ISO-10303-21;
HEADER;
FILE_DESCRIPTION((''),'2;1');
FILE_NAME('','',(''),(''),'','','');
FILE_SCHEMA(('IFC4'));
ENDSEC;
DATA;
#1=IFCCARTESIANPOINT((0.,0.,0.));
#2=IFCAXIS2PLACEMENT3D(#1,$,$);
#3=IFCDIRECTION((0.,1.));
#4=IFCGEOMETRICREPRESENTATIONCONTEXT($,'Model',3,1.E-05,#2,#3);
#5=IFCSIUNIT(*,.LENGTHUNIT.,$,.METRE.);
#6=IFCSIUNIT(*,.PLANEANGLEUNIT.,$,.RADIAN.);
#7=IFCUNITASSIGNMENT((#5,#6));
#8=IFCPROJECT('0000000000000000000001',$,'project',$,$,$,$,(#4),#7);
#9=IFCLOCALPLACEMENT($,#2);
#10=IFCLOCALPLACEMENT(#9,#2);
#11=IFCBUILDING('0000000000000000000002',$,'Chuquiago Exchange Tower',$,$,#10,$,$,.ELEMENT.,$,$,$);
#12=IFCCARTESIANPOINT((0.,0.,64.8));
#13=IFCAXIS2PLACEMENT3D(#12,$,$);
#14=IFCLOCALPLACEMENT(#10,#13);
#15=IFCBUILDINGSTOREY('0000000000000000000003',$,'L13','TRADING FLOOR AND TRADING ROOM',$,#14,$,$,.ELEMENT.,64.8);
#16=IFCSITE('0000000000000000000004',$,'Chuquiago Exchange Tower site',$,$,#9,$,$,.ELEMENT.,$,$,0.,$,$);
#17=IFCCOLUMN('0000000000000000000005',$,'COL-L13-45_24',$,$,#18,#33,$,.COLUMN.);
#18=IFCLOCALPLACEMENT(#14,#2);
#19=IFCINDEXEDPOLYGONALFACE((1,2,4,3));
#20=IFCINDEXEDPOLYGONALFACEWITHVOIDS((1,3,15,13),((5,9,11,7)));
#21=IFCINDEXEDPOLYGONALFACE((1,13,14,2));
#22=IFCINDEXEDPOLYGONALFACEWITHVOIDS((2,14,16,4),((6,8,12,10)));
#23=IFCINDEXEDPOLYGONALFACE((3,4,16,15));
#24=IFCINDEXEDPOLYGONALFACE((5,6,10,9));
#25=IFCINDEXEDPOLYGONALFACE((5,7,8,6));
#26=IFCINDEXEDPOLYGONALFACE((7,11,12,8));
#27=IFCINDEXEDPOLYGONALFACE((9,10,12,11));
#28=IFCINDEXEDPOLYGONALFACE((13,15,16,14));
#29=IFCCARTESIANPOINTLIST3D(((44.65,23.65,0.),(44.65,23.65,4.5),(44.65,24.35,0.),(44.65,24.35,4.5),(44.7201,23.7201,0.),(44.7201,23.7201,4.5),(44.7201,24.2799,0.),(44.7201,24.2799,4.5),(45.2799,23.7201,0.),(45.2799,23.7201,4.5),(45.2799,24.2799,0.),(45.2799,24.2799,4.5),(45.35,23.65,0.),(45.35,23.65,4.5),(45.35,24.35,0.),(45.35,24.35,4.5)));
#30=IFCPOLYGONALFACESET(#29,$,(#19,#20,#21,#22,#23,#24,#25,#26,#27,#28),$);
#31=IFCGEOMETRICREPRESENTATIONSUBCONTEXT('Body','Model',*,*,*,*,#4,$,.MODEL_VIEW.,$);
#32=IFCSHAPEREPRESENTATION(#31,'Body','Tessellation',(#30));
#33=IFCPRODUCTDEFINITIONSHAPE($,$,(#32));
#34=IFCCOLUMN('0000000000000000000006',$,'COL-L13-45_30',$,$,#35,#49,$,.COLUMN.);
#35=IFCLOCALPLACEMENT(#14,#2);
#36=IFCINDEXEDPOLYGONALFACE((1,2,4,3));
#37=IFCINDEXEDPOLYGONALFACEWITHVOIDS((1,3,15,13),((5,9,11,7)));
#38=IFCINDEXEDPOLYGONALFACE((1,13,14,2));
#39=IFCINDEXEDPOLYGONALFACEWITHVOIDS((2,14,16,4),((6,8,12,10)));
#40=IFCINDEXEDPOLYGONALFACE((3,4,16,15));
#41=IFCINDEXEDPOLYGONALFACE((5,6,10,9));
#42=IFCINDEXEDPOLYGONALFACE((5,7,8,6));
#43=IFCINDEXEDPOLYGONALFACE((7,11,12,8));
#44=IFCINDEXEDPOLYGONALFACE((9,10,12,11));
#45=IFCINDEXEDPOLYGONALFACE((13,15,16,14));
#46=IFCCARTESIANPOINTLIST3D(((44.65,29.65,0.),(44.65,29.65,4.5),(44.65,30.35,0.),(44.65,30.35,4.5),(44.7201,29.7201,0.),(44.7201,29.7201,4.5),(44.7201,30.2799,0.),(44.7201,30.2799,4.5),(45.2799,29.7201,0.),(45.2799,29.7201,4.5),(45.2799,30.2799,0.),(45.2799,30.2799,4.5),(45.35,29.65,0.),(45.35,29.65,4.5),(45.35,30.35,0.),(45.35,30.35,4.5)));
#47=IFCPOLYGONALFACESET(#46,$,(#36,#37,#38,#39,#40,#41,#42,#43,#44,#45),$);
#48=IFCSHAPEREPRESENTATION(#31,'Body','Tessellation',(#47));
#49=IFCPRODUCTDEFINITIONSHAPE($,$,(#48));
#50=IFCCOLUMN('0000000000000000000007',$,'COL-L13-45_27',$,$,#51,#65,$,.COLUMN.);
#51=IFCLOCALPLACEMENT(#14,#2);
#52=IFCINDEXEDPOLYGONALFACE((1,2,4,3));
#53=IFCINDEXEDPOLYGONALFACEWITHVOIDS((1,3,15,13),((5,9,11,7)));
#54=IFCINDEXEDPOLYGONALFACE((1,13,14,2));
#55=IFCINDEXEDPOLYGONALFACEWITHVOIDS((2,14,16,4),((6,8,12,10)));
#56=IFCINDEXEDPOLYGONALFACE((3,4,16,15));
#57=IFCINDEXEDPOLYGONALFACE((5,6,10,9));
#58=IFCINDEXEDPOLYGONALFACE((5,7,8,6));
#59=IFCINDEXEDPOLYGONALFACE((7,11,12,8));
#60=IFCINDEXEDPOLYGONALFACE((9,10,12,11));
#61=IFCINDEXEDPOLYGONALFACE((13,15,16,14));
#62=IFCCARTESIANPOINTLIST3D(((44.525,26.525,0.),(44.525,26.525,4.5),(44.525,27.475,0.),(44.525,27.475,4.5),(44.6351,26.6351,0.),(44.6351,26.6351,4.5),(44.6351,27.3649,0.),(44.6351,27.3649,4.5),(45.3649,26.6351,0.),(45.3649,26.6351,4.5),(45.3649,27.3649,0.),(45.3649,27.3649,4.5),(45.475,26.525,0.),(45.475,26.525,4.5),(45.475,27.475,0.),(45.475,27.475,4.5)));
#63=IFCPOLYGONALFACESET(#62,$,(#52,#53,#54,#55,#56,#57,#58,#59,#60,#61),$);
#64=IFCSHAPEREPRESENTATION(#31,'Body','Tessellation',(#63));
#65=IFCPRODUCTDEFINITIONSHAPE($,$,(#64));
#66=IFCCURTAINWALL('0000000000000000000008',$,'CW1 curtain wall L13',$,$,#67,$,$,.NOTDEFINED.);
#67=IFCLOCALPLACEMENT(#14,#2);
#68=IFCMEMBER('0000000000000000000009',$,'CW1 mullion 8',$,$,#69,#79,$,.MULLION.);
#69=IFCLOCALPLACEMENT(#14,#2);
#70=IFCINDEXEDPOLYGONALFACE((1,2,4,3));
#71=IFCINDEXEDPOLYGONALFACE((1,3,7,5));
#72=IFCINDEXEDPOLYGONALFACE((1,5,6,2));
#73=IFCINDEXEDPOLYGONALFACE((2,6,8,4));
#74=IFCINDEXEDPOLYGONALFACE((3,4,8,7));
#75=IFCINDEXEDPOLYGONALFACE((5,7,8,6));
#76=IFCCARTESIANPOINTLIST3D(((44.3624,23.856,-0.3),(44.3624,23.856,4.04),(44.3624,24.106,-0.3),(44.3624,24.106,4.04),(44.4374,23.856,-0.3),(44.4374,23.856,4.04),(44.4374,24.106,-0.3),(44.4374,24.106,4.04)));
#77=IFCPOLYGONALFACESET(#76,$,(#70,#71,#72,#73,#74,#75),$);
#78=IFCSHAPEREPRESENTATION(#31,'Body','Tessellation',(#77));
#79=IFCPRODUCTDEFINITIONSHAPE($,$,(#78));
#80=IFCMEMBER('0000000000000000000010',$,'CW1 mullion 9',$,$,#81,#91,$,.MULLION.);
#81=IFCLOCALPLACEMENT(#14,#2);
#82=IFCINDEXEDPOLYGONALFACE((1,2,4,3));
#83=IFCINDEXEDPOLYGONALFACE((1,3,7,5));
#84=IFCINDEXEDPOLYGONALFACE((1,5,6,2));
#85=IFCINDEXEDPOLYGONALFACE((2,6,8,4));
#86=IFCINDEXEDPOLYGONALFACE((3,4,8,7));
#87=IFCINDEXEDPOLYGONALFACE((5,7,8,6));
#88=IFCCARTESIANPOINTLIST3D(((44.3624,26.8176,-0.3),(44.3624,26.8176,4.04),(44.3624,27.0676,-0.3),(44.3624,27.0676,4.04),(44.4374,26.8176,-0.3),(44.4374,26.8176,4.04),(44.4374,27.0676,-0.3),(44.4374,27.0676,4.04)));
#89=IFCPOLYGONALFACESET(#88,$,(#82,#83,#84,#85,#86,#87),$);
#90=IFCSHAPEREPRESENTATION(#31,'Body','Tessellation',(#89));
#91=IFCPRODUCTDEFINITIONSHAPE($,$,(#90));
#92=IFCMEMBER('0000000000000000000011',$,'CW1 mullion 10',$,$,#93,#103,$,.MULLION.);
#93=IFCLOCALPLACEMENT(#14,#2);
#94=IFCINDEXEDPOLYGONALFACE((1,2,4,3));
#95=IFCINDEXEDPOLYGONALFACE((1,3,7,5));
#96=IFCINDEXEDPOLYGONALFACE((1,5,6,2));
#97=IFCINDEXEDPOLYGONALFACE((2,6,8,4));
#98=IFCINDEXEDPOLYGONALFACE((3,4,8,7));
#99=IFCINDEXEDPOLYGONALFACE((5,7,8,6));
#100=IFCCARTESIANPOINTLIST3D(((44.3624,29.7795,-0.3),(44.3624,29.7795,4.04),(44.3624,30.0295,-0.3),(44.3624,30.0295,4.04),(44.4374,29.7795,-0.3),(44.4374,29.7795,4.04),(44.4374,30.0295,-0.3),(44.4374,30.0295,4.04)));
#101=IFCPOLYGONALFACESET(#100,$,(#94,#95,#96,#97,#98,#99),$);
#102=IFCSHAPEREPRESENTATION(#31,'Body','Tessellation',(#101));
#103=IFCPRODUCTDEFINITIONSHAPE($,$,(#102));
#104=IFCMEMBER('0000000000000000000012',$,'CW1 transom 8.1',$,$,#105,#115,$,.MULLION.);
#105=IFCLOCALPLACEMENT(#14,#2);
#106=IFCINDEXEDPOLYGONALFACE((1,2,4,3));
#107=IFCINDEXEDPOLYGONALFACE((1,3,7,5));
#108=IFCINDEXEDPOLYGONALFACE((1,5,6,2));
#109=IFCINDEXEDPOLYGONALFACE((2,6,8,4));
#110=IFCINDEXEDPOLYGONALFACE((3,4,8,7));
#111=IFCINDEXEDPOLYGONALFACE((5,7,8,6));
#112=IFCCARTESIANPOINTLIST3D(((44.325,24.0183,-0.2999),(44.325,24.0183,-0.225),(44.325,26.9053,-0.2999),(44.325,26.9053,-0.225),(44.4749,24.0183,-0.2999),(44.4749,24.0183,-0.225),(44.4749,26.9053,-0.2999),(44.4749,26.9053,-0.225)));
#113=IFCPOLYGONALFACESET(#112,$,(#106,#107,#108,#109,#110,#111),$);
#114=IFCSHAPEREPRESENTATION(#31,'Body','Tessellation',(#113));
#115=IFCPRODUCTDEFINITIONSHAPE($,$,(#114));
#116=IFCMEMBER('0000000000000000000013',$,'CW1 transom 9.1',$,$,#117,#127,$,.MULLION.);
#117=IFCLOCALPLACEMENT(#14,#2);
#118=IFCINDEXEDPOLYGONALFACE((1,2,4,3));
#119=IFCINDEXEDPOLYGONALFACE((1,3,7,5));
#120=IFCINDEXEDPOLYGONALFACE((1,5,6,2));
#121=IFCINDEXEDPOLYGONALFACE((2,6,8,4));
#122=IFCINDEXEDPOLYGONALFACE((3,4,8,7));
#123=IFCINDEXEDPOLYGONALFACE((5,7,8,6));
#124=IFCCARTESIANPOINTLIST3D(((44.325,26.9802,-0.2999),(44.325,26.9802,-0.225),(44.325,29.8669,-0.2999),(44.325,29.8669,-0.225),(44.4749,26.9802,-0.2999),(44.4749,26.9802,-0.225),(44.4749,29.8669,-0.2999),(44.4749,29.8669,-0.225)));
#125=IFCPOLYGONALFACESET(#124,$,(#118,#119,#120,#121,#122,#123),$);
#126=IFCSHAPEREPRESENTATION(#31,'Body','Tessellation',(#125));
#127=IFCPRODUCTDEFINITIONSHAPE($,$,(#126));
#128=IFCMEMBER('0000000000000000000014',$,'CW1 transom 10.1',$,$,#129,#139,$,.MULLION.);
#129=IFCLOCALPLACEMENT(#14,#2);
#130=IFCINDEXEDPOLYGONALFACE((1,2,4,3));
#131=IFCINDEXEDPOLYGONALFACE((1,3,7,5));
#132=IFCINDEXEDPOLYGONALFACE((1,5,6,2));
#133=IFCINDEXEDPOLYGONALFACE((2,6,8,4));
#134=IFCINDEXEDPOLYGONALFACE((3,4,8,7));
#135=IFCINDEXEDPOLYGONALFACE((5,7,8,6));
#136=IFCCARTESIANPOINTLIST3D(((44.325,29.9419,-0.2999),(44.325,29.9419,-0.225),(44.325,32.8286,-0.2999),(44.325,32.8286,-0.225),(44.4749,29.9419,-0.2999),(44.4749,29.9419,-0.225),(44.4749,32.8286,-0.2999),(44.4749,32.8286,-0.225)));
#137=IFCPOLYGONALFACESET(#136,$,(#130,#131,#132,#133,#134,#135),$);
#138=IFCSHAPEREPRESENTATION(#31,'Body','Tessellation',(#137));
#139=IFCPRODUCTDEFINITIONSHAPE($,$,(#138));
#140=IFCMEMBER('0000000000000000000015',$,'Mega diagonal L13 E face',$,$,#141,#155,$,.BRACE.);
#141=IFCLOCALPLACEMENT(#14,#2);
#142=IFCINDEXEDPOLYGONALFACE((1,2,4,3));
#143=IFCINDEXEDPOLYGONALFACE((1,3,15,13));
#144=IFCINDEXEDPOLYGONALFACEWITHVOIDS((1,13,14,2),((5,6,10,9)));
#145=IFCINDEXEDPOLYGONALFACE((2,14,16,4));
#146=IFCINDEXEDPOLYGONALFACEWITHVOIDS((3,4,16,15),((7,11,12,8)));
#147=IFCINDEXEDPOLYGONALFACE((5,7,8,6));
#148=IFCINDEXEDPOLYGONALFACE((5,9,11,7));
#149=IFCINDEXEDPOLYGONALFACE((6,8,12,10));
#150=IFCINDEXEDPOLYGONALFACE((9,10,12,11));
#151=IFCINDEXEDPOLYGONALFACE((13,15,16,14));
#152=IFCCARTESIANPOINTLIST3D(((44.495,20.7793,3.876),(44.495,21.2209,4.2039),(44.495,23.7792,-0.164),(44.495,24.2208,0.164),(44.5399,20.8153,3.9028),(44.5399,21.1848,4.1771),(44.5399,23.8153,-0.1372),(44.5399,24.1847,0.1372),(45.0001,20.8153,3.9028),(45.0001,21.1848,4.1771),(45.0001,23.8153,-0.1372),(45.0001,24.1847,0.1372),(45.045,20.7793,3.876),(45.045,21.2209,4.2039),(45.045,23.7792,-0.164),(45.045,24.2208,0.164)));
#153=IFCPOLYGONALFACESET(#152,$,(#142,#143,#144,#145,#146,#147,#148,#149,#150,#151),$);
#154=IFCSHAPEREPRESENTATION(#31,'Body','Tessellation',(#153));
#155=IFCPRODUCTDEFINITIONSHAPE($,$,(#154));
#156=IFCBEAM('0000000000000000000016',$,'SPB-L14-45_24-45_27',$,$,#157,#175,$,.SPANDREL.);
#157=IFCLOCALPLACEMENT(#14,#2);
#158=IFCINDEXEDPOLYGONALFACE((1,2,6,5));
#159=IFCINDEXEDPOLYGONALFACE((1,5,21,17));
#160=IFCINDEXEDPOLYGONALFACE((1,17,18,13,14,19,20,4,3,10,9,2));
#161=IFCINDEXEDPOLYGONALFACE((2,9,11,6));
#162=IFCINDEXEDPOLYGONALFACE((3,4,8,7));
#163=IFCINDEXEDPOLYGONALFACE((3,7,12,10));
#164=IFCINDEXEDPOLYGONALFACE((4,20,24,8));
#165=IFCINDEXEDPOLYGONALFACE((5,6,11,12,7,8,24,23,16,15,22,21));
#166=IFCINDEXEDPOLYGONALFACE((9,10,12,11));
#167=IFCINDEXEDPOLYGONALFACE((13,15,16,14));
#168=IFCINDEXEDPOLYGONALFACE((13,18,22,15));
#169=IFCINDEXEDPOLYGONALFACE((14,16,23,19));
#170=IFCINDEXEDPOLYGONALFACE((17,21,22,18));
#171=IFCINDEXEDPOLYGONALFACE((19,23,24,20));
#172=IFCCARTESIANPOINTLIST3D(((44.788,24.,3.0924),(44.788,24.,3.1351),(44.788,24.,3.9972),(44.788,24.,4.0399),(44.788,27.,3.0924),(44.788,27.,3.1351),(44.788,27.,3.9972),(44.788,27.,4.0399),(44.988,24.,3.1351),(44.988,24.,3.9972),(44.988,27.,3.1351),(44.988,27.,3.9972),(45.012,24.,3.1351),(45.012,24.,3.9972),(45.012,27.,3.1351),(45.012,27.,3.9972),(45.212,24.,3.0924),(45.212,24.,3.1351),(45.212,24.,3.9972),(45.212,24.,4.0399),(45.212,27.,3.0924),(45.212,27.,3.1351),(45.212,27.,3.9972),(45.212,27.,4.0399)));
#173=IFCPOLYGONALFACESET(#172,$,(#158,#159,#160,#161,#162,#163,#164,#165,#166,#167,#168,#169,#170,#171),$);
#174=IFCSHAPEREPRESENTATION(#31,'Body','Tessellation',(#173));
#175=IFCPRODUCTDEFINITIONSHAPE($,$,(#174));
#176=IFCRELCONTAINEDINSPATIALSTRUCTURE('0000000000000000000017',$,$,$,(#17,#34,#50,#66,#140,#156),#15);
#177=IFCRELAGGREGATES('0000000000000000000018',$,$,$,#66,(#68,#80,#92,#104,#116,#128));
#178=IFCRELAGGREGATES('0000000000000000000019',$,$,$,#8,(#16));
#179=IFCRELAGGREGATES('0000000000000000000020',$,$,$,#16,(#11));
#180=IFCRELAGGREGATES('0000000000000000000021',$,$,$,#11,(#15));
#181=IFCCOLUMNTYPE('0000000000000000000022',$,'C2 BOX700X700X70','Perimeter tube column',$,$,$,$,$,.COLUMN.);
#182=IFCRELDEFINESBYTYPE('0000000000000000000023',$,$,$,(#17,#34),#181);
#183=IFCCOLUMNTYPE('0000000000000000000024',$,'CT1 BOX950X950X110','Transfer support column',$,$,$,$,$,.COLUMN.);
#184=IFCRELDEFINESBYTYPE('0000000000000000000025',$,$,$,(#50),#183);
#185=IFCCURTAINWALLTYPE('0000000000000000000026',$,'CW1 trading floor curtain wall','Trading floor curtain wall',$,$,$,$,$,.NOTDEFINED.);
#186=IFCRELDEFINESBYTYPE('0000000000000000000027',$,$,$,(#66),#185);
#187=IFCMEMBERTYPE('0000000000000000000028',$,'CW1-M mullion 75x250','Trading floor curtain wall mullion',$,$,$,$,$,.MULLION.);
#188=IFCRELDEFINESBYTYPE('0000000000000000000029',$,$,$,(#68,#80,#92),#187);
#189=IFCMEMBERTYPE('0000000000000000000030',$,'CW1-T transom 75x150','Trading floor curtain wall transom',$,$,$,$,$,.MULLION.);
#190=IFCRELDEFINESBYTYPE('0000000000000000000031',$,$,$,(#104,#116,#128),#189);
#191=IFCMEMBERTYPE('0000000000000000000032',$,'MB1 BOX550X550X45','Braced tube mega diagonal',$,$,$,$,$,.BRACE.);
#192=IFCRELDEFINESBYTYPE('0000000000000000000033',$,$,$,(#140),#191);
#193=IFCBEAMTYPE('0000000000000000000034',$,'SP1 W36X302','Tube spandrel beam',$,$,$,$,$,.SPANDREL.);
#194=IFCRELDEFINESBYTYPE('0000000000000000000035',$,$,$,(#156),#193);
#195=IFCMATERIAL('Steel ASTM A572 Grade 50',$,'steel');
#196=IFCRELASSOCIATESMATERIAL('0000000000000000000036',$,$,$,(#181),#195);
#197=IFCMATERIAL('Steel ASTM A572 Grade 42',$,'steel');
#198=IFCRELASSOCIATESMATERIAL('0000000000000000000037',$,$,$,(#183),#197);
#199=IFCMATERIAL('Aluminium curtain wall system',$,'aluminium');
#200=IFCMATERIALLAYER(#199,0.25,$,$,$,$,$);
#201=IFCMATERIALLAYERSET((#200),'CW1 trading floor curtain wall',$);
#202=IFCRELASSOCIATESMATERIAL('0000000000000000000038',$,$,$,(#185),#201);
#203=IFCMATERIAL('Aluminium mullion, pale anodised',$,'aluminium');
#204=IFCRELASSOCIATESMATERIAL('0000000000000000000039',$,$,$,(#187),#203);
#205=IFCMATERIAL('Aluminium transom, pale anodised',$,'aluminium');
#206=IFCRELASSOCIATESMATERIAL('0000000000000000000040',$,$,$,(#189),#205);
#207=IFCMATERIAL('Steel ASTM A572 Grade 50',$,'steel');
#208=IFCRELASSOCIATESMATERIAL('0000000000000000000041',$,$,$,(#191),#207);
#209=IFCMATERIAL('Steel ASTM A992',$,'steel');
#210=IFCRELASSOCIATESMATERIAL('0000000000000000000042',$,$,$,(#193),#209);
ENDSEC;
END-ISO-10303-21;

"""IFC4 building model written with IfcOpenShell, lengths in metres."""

from ifc_helpers import new_model, si_unit, direction, frame, origin, origin_2d, place, context, subcontext, project, spatial, rectangle, hollow_rectangle, i_section, extrude, material, layer, layer_set, material_profile, profile_set, type_object, element, aggregate, save


model = new_model("IFC4")

# Units and contexts
model_context = context("Model", 3, precision=1e-05, world=origin(), true_north=direction((0.0, 1.0)))
body_context = subcontext(model_context, "Body", "Model", "MODEL_VIEW")
ifc_project = project(units=[si_unit("LENGTHUNIT", "METRE"), si_unit("PLANEANGLEUNIT", "RADIAN")], contexts=[model_context])

# Site, building, storey
site_placement = place(None, origin())
site = spatial("IfcSite", under=ifc_project, at=site_placement, Name="Chuquiago Exchange Tower site", CompositionType="ELEMENT", RefElevation=0.0)
building_placement = place(site_placement, origin())
building = spatial("IfcBuilding", under=site, at=building_placement, Name="Chuquiago Exchange Tower", CompositionType="ELEMENT")
storey_placement = place(building_placement, frame((0.0, 0.0, 64.8)))
storey = spatial("IfcBuildingStorey", under=building, at=storey_placement, Name="L13", Description="TRADING FLOOR AND TRADING ROOM", CompositionType="ELEMENT", Elevation=64.8)

# Columns
ifc_material_1 = material(Name="Steel ASTM A572 Grade 50", Category="steel")
ifc_material_profile_1 = material_profile(ifc_material_1, hollow_rectangle(XDim=0.7, YDim=0.7, WallThickness=0.0701, at=origin_2d()), Name="BOX700X700X70")
ifc_profile_set_1 = profile_set([ifc_material_profile_1], Name="Steel ASTM A572 Grade 50")
column_type_1 = type_object("IfcColumnType", Name="C2 BOX700X700X70", Description="Perimeter tube column", PredefinedType="COLUMN", material=ifc_profile_set_1)
for number, where, z_axis, x_axis, name in (
    (1, (45.0, 24.0, 0.0), (0.0, 0.0, 1.0), (1.0, 0.0, 0.0), "COL-L13-45_24"),
    (2, (45.0, 30.0, 0.0), (0.0, 0.0, 1.0), (1.0, 0.0, 0.0), "COL-L13-45_30"),
):
    element("IfcColumn", number, at=place(storey_placement, frame(where, z_axis=z_axis, x_axis=x_axis)), inside=storey, type_object=column_type_1, Name=name, PredefinedType="COLUMN", context=body_context, shape_type="SweptSolid", body=[
        extrude(hollow_rectangle(XDim=0.7, YDim=0.7, WallThickness=0.0701, at=origin_2d()), origin(), (0.0, 0.0, 1.0), 4.5),
    ])
ifc_material_2 = material(Name="Steel ASTM A572 Grade 42", Category="steel")
ifc_material_profile_2 = material_profile(ifc_material_2, hollow_rectangle(XDim=0.95, YDim=0.95, WallThickness=0.1101, at=origin_2d()), Name="BOX950X950X110")
ifc_profile_set_2 = profile_set([ifc_material_profile_2], Name="Steel ASTM A572 Grade 42")
column_type_2 = type_object("IfcColumnType", Name="CT1 BOX950X950X110", Description="Transfer support column", PredefinedType="COLUMN", material=ifc_profile_set_2)
column_placement = place(storey_placement, frame((45.0, 27.0, 0.0), z_axis=(0.0, 0.0, 1.0), x_axis=(1.0, 0.0, 0.0)))
element("IfcColumn", 3, at=column_placement, inside=storey, type_object=column_type_2, Name="COL-L13-45_27", PredefinedType="COLUMN", context=body_context, shape_type="SweptSolid", body=[
    extrude(hollow_rectangle(XDim=0.95, YDim=0.95, WallThickness=0.1101, at=origin_2d()), origin(), (0.0, 0.0, 1.0), 4.5),
])

# Curtain wall, members
ifc_material_3 = material(Name="Aluminium curtain wall system", Category="aluminium")
ifc_layer_1 = layer(ifc_material_3, 0.25)
ifc_layer_set_1 = layer_set([ifc_layer_1], Name="CW1 trading floor curtain wall")
curtain_wall_type = type_object("IfcCurtainWallType", Name="CW1 trading floor curtain wall", Description="Trading floor curtain wall", PredefinedType="NOTDEFINED", material=ifc_layer_set_1)
curtain_wall_placement = place(storey_placement, origin())
curtain_wall = element("IfcCurtainWall", 4, at=curtain_wall_placement, inside=storey, type_object=curtain_wall_type, Name="CW1 curtain wall L13", PredefinedType="NOTDEFINED")
ifc_material_4 = material(Name="Aluminium mullion, pale anodised", Category="aluminium")
ifc_material_profile_3 = material_profile(ifc_material_4, rectangle(XDim=0.075, YDim=0.25, at=origin_2d()), Name="AL 75x250")
ifc_profile_set_3 = profile_set([ifc_material_profile_3], Name="Aluminium mullion, pale anodised")
member_type_1 = type_object("IfcMemberType", Name="CW1-M mullion 75x250", Description="Trading floor curtain wall mullion", PredefinedType="MULLION", material=ifc_profile_set_3)
member_1_placement = place(storey_placement, frame((44.3999, 23.981, -0.3), z_axis=(0.0, 0.0, 1.0), x_axis=(-1.0, 0.0, 0.0)))
member_1 = element("IfcMember", 5, at=member_1_placement, type_object=member_type_1, Name="CW1 mullion 8", PredefinedType="MULLION", context=body_context, shape_type="SweptSolid", body=[
    extrude(rectangle(XDim=0.075, YDim=0.25, at=origin_2d()), origin(), (0.0, 0.0, 1.0), 4.3401),
])
member_2_placement = place(storey_placement, frame((44.3999, 26.9426, -0.3), z_axis=(0.0, 0.0, 1.0), x_axis=(-1.0, 0.0, 0.0)))
member_2 = element("IfcMember", 6, at=member_2_placement, type_object=member_type_1, Name="CW1 mullion 9", PredefinedType="MULLION", context=body_context, shape_type="SweptSolid", body=[
    extrude(rectangle(XDim=0.075, YDim=0.25, at=origin_2d()), origin(), (0.0, 0.0, 1.0), 4.3401),
])
member_3_placement = place(storey_placement, frame((44.3999, 29.9045, -0.3), z_axis=(0.0, 0.0, 1.0), x_axis=(-1.0, 0.0, 0.0)))
member_3 = element("IfcMember", 7, at=member_3_placement, type_object=member_type_1, Name="CW1 mullion 10", PredefinedType="MULLION", context=body_context, shape_type="SweptSolid", body=[
    extrude(rectangle(XDim=0.075, YDim=0.25, at=origin_2d()), origin(), (0.0, 0.0, 1.0), 4.3401),
])
ifc_material_5 = material(Name="Aluminium transom, pale anodised", Category="aluminium")
ifc_material_profile_4 = material_profile(ifc_material_5, rectangle(XDim=0.1499, YDim=0.075, at=origin_2d()), Name="AL 150x75")
ifc_profile_set_4 = profile_set([ifc_material_profile_4], Name="Aluminium transom, pale anodised")
member_type_2 = type_object("IfcMemberType", Name="CW1-T transom 75x150", Description="Trading floor curtain wall transom", PredefinedType="MULLION", material=ifc_profile_set_4)
member_4_placement = place(storey_placement, frame((44.3999, 24.0183, -0.2625), z_axis=(0.0, 1.0, 0.0), x_axis=(-1.0, 0.0, 0.0)))
member_4 = element("IfcMember", 8, at=member_4_placement, type_object=member_type_2, Name="CW1 transom 8.1", PredefinedType="MULLION", context=body_context, shape_type="SweptSolid", body=[
    extrude(rectangle(XDim=0.1499, YDim=0.075, at=origin_2d()), origin(), (0.0, 0.0, 1.0), 2.887),
])
member_5_placement = place(storey_placement, frame((44.3999, 26.9802, -0.2625), z_axis=(0.0, 1.0, 0.0), x_axis=(-1.0, 0.0, 0.0)))
member_5 = element("IfcMember", 9, at=member_5_placement, type_object=member_type_2, Name="CW1 transom 9.1", PredefinedType="MULLION", context=body_context, shape_type="SweptSolid", body=[
    extrude(rectangle(XDim=0.1499, YDim=0.075, at=origin_2d()), origin(), (0.0, 0.0, 1.0), 2.8867),
])
member_6_placement = place(storey_placement, frame((44.3999, 29.9419, -0.2625), z_axis=(0.0, 1.0, 0.0), x_axis=(-1.0, 0.0, 0.0)))
member_6 = element("IfcMember", 10, at=member_6_placement, type_object=member_type_2, Name="CW1 transom 10.1", PredefinedType="MULLION", context=body_context, shape_type="SweptSolid", body=[
    extrude(rectangle(XDim=0.1499, YDim=0.075, at=origin_2d()), origin(), (0.0, 0.0, 1.0), 2.8867),
])

# Member
ifc_material_6 = material(Name="Steel ASTM A572 Grade 50", Category="steel")
ifc_material_profile_5 = material_profile(ifc_material_6, hollow_rectangle(XDim=0.55, YDim=0.55, WallThickness=0.0449, at=origin_2d()), Name="BOX550X550X45")
ifc_profile_set_5 = profile_set([ifc_material_profile_5], Name="Steel ASTM A572 Grade 50")
member_type_3 = type_object("IfcMemberType", Name="MB1 BOX550X550X45", Description="Braced tube mega diagonal", PredefinedType="BRACE", material=ifc_profile_set_5)
member_7_placement = place(storey_placement, frame((44.77, 24.0, 0.0), z_axis=(0.0, -0.596174, 0.802855), x_axis=(1.0, 0.0, 0.0)))
element("IfcMember", 11, at=member_7_placement, inside=storey, type_object=member_type_3, Name="Mega diagonal L13 E face", PredefinedType="BRACE", context=body_context, shape_type="SweptSolid", body=[
    extrude(hollow_rectangle(XDim=0.55, YDim=0.55, WallThickness=0.0449, at=origin_2d()), origin(), (0.0, 0.0, 1.0), 5.032),
])

# Beam
ifc_material_7 = material(Name="Steel ASTM A992", Category="steel")
ifc_material_profile_6 = material_profile(ifc_material_7, i_section(OverallWidth=0.4241, OverallDepth=0.9475, WebThickness=0.0239, FlangeThickness=0.0427, at=origin_2d()), Name="W36X302")
ifc_profile_set_6 = profile_set([ifc_material_profile_6], Name="Steel ASTM A992")
beam_type = type_object("IfcBeamType", Name="SP1 W36X302", Description="Tube spandrel beam", PredefinedType="SPANDREL", material=ifc_profile_set_6)
for number, where, z_axis, x_axis, name in (
    (12, (45.0, 24.0, 3.5662), (0.0, 1.0, 0.0), (-1.0, 0.0, 0.0), "SPB-L14-45_24-45_27"),
):
    element("IfcBeam", number, at=place(storey_placement, frame(where, z_axis=z_axis, x_axis=x_axis)), inside=storey, type_object=beam_type, Name=name, PredefinedType="SPANDREL", context=body_context, shape_type="SweptSolid", body=[
        extrude(i_section(OverallWidth=0.4241, OverallDepth=0.9475, WebThickness=0.0239, FlangeThickness=0.0427, at=origin_2d()), origin(), (0.0, 0.0, 1.0), 3.0),
    ])

aggregate(curtain_wall, [member_1, member_2, member_3, member_4, member_5, member_6])

save(model, "model.ifc")
